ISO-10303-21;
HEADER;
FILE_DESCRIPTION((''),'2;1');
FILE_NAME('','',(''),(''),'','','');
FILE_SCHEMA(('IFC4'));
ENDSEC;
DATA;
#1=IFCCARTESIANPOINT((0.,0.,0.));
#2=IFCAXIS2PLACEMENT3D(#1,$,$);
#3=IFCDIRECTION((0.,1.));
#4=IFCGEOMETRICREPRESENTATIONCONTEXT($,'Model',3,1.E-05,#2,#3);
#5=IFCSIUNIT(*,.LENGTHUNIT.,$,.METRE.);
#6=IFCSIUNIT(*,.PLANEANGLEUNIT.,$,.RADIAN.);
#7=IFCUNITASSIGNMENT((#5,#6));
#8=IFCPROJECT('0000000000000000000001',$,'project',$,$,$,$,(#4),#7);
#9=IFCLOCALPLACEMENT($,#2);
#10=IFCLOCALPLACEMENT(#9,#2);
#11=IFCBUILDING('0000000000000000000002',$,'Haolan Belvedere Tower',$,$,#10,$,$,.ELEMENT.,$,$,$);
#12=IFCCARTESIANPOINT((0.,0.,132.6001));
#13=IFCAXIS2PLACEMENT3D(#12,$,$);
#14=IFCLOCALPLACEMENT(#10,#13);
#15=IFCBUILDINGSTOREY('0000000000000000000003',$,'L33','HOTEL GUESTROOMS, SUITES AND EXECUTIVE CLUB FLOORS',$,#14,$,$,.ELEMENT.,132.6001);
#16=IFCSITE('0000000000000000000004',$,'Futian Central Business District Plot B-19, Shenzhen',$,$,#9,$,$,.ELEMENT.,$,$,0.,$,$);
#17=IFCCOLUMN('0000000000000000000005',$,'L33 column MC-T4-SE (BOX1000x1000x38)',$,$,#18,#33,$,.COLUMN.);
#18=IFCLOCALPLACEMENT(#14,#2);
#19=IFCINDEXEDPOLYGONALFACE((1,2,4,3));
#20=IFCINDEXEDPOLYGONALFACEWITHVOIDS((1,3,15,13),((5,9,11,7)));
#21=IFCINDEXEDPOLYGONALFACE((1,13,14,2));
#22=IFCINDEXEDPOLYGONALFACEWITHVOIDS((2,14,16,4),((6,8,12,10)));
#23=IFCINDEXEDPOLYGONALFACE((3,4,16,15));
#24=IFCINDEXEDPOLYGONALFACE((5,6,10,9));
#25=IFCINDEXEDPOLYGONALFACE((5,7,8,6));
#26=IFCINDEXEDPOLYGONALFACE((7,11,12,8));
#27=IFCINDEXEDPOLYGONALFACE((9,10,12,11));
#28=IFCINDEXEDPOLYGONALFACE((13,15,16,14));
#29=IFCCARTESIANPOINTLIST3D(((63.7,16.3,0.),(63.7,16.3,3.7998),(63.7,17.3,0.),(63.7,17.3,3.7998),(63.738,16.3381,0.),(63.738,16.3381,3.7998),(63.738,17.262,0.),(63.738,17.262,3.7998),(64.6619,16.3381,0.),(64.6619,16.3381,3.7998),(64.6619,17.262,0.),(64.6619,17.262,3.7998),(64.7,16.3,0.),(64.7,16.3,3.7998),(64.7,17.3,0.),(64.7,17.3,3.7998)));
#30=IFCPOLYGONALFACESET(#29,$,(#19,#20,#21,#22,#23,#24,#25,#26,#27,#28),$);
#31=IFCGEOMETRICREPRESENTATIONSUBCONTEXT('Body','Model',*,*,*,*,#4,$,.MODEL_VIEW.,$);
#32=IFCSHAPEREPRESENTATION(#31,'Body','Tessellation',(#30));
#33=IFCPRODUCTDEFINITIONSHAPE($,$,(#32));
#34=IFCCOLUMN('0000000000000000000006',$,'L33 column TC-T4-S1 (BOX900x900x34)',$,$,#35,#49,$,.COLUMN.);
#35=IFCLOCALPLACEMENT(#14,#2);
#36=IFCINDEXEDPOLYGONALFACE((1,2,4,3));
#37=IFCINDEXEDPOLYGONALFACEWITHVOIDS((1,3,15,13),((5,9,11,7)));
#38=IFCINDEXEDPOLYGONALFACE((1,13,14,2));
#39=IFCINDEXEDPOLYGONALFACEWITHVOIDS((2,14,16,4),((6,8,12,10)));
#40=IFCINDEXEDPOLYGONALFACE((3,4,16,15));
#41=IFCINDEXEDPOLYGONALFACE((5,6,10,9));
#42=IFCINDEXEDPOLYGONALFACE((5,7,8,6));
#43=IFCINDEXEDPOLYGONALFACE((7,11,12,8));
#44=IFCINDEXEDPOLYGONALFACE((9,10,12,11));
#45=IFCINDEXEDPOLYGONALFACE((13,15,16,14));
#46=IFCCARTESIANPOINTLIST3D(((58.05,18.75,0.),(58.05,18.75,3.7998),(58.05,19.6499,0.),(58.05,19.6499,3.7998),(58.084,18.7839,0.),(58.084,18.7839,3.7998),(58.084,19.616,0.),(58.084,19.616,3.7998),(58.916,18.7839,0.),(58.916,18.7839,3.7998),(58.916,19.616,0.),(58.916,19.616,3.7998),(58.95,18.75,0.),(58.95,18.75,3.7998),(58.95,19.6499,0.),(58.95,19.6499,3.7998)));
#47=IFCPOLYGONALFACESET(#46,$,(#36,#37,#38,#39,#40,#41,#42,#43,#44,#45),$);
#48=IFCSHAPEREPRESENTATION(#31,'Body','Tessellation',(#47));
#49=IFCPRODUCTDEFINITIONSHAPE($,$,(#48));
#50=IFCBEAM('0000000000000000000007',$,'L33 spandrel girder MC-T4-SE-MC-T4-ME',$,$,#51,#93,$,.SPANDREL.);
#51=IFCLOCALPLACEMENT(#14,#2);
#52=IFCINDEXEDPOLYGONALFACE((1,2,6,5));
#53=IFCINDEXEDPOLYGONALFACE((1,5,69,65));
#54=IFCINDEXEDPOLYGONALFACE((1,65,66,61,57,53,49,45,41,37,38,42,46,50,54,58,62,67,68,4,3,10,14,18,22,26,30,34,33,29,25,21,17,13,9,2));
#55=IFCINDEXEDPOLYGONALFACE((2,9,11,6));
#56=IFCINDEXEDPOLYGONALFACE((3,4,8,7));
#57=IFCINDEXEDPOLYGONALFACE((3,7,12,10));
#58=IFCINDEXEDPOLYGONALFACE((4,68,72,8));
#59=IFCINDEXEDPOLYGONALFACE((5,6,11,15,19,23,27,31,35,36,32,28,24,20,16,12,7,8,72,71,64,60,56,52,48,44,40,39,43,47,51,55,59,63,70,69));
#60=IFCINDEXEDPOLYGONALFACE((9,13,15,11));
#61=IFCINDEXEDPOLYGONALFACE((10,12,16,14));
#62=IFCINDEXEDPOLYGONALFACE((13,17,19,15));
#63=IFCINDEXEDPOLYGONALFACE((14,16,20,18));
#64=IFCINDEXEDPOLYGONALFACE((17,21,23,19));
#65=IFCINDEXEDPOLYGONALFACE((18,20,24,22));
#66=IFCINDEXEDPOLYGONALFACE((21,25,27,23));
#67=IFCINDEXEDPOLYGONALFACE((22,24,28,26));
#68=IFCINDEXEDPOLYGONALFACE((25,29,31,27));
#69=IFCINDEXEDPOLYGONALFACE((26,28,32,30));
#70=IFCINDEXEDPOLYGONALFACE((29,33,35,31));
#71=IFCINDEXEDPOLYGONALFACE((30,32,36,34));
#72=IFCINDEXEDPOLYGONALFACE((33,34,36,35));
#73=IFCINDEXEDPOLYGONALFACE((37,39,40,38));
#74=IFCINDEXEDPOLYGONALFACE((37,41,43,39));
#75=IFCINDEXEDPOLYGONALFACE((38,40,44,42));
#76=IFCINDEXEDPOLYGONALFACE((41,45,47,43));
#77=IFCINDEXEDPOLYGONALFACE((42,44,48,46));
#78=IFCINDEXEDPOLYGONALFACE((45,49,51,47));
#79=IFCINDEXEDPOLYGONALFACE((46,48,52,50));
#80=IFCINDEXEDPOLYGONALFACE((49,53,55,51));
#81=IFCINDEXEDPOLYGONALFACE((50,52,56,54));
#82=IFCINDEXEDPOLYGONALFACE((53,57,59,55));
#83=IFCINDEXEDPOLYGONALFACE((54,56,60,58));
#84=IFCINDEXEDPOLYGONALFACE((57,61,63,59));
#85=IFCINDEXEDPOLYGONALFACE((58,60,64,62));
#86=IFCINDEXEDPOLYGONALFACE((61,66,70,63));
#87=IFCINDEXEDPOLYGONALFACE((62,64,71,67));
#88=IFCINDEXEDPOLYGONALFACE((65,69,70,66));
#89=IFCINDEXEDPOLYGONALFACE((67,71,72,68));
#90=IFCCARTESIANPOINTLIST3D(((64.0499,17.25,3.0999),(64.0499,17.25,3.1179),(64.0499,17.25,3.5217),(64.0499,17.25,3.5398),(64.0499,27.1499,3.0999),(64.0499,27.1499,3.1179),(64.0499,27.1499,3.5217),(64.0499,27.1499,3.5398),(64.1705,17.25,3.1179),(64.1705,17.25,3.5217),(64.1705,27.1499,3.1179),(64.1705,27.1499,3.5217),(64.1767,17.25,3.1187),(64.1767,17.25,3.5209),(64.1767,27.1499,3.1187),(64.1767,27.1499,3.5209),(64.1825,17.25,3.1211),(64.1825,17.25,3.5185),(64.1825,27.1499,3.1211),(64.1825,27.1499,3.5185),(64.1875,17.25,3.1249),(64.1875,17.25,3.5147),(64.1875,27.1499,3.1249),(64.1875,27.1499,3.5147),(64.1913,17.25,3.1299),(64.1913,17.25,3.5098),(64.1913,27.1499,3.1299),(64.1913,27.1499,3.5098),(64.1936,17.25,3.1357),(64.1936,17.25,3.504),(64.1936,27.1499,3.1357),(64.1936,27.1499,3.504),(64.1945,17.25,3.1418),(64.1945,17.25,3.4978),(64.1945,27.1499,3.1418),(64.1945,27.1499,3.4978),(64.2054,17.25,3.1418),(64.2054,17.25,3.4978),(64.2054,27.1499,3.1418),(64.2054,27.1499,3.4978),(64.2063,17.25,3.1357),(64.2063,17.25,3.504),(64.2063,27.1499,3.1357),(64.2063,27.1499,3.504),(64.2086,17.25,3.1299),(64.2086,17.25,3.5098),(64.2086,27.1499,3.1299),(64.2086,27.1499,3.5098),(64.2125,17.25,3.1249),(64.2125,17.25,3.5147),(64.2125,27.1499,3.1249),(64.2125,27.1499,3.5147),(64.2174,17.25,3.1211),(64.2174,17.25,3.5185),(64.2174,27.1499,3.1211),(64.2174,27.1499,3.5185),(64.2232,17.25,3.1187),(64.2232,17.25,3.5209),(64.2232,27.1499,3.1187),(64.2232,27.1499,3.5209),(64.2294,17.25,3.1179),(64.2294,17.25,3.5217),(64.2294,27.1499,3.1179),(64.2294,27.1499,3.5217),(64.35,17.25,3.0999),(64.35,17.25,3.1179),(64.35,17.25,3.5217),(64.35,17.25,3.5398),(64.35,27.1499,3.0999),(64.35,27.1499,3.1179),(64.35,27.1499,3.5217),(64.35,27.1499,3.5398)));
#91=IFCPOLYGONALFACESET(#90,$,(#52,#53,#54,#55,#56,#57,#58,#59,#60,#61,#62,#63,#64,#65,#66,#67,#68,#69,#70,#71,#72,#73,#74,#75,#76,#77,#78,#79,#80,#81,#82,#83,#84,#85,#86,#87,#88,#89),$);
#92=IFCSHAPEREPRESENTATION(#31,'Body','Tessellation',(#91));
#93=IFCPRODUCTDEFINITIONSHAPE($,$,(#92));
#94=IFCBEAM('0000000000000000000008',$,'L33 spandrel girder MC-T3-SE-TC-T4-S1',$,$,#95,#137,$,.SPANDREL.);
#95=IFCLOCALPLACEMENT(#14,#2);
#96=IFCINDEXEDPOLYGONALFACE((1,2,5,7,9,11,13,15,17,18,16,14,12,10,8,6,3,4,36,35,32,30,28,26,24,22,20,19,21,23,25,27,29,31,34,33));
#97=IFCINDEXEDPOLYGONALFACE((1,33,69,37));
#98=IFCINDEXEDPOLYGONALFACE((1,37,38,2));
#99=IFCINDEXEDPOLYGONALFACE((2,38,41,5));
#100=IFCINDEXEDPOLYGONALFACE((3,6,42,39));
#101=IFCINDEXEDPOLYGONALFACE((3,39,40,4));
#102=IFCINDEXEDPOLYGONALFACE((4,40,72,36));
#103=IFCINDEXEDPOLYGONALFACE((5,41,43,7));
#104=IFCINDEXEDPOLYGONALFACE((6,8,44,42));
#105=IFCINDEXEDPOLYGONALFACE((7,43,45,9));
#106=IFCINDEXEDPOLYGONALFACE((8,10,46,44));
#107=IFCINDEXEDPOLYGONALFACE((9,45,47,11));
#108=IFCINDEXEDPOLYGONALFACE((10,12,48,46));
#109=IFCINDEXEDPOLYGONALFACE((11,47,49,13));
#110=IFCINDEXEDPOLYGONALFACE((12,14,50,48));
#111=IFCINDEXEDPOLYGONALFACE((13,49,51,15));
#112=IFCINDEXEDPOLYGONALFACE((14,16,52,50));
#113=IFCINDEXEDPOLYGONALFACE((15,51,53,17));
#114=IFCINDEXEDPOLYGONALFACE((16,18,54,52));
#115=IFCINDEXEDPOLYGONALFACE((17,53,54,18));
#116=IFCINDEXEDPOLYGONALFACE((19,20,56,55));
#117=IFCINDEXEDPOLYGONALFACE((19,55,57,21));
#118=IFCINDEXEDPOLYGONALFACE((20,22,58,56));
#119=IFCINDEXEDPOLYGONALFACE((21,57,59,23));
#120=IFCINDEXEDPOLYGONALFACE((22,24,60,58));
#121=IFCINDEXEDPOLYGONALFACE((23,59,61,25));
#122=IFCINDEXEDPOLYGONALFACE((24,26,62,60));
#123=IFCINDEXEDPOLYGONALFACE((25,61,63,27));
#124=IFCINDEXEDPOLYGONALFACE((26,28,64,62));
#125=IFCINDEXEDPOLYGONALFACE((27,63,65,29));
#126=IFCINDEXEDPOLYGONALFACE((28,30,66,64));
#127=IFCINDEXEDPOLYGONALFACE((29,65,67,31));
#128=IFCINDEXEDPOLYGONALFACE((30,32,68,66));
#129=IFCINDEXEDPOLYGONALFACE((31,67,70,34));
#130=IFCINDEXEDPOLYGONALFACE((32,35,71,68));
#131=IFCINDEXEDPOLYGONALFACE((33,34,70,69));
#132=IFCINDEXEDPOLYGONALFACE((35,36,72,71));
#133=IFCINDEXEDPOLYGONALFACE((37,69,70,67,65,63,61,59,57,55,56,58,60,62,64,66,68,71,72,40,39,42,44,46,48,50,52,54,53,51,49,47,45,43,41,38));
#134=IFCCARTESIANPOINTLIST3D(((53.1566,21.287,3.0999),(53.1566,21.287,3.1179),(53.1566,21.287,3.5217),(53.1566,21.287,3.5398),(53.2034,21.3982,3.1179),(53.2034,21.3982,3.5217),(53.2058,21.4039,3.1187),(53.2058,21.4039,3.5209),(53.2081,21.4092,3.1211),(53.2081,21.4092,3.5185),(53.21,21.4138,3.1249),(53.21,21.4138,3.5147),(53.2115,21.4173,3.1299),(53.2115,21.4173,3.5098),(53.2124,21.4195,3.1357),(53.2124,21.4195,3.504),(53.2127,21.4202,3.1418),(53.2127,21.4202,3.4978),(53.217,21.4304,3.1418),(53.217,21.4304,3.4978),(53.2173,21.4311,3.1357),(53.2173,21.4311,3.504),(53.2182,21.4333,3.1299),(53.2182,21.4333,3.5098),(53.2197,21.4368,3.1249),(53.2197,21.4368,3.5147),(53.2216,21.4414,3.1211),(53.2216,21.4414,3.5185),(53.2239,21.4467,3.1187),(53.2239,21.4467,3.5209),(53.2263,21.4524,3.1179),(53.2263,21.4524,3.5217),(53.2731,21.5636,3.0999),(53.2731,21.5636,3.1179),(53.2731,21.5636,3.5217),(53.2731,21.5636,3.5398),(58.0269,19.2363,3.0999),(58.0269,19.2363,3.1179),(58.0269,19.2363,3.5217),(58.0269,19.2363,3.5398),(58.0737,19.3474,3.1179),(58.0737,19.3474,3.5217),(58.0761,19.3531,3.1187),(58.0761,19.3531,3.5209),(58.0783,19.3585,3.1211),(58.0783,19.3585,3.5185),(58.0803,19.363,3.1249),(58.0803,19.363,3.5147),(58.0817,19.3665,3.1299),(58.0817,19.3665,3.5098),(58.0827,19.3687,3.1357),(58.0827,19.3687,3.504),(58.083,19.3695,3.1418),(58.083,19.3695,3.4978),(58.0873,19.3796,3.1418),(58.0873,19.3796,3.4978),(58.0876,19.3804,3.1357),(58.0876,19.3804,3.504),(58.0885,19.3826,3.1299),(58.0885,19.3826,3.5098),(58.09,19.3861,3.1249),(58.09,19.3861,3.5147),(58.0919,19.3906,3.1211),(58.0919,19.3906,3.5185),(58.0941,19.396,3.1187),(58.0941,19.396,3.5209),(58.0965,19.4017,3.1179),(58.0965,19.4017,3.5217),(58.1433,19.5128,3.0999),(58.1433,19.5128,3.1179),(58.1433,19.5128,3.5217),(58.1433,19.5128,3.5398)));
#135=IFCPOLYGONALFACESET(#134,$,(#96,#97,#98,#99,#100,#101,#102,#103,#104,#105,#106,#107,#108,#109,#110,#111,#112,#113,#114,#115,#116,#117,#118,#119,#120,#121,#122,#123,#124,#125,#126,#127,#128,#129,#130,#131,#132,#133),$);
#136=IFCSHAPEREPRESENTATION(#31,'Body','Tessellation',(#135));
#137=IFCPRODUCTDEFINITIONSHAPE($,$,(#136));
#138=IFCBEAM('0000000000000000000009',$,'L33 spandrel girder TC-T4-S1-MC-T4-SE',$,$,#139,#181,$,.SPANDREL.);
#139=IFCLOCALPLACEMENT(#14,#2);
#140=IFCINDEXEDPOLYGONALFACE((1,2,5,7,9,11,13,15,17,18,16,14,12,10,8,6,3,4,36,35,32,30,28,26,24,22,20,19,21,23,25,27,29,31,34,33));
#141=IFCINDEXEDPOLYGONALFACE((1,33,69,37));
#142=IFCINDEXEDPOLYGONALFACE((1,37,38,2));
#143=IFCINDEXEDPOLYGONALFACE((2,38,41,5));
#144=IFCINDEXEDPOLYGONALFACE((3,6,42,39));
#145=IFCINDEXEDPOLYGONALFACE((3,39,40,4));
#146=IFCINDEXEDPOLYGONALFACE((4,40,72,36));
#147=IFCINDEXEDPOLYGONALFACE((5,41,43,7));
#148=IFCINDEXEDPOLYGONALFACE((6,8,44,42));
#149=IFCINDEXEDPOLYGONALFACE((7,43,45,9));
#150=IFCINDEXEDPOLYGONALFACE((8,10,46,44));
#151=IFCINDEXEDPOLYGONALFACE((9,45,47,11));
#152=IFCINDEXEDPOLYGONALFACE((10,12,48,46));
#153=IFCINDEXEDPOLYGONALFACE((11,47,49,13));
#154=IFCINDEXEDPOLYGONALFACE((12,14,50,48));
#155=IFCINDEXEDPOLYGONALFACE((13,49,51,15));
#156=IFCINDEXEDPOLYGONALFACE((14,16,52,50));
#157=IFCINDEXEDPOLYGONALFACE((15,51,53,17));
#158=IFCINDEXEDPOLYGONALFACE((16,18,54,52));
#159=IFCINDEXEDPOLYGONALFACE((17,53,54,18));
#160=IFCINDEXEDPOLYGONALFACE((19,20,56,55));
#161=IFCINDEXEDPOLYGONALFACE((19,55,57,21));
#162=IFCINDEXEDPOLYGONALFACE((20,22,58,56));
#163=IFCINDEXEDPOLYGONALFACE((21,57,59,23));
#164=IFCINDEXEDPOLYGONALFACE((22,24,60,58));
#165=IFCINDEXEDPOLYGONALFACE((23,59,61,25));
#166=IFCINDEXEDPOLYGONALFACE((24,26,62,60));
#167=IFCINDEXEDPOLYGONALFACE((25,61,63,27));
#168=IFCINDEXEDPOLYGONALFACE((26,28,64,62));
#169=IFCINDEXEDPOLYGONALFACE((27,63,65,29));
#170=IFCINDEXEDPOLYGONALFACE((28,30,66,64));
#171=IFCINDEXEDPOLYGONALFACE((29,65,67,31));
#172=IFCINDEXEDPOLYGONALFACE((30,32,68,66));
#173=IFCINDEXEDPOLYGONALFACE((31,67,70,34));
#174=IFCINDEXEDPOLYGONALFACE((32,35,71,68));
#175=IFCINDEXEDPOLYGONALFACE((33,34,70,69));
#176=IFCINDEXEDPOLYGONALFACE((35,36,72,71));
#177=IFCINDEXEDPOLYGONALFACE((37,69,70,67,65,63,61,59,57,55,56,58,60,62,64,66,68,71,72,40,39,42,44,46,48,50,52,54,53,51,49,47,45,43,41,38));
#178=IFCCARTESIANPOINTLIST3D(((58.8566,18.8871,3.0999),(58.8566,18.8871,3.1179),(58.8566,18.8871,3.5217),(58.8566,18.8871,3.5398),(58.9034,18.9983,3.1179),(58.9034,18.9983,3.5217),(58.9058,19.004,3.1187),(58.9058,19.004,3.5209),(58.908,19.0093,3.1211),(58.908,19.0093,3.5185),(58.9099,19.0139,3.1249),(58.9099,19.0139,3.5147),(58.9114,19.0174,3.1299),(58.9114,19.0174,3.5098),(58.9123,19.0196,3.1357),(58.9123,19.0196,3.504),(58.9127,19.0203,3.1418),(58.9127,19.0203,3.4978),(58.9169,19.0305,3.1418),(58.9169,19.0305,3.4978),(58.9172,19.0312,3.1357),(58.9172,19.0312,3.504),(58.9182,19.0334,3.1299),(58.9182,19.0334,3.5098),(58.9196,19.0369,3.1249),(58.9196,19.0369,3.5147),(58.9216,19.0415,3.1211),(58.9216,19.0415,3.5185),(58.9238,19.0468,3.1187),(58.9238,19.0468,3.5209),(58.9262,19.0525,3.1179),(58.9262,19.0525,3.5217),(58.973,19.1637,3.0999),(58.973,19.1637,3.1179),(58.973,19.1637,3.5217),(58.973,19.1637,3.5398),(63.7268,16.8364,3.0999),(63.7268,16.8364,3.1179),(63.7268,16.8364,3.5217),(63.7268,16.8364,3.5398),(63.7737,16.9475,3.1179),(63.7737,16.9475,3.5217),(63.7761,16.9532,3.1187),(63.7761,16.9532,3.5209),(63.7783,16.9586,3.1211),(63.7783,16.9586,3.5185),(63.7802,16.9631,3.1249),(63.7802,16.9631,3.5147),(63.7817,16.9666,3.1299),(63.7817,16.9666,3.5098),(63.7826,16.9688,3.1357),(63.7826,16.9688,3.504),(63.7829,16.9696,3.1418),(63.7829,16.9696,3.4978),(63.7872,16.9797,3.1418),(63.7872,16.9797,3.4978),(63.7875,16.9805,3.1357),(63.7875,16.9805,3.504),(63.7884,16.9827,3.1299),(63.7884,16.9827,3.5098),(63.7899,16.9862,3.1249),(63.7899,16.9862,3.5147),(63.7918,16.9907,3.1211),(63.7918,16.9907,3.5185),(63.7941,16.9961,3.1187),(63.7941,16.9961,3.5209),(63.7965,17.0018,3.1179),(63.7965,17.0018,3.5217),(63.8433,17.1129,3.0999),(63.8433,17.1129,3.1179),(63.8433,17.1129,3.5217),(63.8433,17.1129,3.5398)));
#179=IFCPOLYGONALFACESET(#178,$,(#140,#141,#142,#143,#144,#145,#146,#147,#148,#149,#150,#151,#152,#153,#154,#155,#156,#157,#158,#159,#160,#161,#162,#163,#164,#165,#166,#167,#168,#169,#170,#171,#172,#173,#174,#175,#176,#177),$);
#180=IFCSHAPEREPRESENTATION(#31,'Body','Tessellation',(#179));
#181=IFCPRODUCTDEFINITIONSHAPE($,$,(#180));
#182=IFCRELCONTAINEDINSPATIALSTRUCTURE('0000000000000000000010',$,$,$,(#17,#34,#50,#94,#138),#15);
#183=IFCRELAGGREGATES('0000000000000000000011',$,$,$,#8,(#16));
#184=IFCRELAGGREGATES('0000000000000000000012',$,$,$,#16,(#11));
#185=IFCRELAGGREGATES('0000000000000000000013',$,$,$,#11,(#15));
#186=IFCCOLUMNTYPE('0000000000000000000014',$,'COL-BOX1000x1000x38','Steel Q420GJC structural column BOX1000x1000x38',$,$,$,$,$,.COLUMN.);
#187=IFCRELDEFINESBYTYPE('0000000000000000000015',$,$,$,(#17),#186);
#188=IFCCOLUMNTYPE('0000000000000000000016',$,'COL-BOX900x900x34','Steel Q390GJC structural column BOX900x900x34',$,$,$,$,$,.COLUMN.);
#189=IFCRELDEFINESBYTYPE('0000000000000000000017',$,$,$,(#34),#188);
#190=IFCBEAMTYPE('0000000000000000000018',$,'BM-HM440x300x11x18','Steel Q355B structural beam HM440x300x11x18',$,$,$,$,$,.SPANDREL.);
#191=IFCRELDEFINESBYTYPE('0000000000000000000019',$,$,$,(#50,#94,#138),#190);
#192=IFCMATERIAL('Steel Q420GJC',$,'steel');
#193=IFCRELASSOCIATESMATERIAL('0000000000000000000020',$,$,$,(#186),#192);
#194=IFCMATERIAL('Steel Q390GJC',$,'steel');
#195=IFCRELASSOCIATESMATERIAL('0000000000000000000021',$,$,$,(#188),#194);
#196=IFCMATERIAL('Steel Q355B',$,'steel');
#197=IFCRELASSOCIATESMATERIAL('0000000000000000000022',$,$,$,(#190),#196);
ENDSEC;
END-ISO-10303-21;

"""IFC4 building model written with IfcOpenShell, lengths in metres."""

from ifc_helpers import new_model, si_unit, direction, frame, origin, origin_2d, place, context, subcontext, project, spatial, hollow_rectangle, i_section, extrude, material, material_profile, profile_set, type_object, element, save


model = new_model("IFC4")

# Units and contexts
model_context = context("Model", 3, precision=1e-05, world=origin(), true_north=direction((0.0, 1.0)))
body_context = subcontext(model_context, "Body", "Model", "MODEL_VIEW")
ifc_project = project(units=[si_unit("LENGTHUNIT", "METRE"), si_unit("PLANEANGLEUNIT", "RADIAN")], contexts=[model_context])

# Site, building, storey
site_placement = place(None, origin())
site = spatial("IfcSite", under=ifc_project, at=site_placement, Name="Futian Central Business District Plot B-19, Shenzhen", CompositionType="ELEMENT", RefElevation=0.0)
building_placement = place(site_placement, origin())
building = spatial("IfcBuilding", under=site, at=building_placement, Name="Haolan Belvedere Tower", CompositionType="ELEMENT")
storey_placement = place(building_placement, frame((0.0, 0.0, 132.6001)))
storey = spatial("IfcBuildingStorey", under=building, at=storey_placement, Name="L33", Description="HOTEL GUESTROOMS, SUITES AND EXECUTIVE CLUB FLOORS", CompositionType="ELEMENT", Elevation=132.6001)

# Columns
ifc_material_1 = material(Name="Steel Q420GJC", Category="steel")
ifc_material_profile_1 = material_profile(ifc_material_1, hollow_rectangle(XDim=1.0, YDim=1.0, WallThickness=0.0381, at=origin_2d()), Name="Steel Q420GJC")
ifc_profile_set_1 = profile_set([ifc_material_profile_1], Name="Steel Q420GJC")
column_type_1 = type_object("IfcColumnType", Name="COL-BOX1000x1000x38", Description="Steel Q420GJC structural column BOX1000x1000x38", PredefinedType="COLUMN", material=ifc_profile_set_1)
column_1_placement = place(storey_placement, frame((64.2, 16.8, 0.0), z_axis=(0.0, 0.0, 1.0), x_axis=(1.0, 0.0, 0.0)))
element("IfcColumn", 1, at=column_1_placement, inside=storey, type_object=column_type_1, Name="L33 column MC-T4-SE (BOX1000x1000x38)", PredefinedType="COLUMN", context=body_context, shape_type="SweptSolid", body=[
    extrude(hollow_rectangle(XDim=1.0, YDim=1.0, WallThickness=0.0381, at=origin_2d()), origin(), (0.0, 0.0, 1.0), 3.7998),
])
ifc_material_2 = material(Name="Steel Q390GJC", Category="steel")
ifc_material_profile_2 = material_profile(ifc_material_2, hollow_rectangle(XDim=0.8999, YDim=0.8999, WallThickness=0.0339, at=origin_2d()), Name="Steel Q390GJC")
ifc_profile_set_2 = profile_set([ifc_material_profile_2], Name="Steel Q390GJC")
column_type_2 = type_object("IfcColumnType", Name="COL-BOX900x900x34", Description="Steel Q390GJC structural column BOX900x900x34", PredefinedType="COLUMN", material=ifc_profile_set_2)
column_2_placement = place(storey_placement, frame((58.5, 19.2, 0.0), z_axis=(0.0, 0.0, 1.0), x_axis=(1.0, 0.0, 0.0)))
element("IfcColumn", 2, at=column_2_placement, inside=storey, type_object=column_type_2, Name="L33 column TC-T4-S1 (BOX900x900x34)", PredefinedType="COLUMN", context=body_context, shape_type="SweptSolid", body=[
    extrude(hollow_rectangle(XDim=0.8999, YDim=0.8999, WallThickness=0.0339, at=origin_2d()), origin(), (0.0, 0.0, 1.0), 3.7998),
])

# Beams
ifc_material_3 = material(Name="Steel Q355B", Category="steel")
ifc_material_profile_3 = material_profile(ifc_material_3, i_section(OverallWidth=0.3, OverallDepth=0.4399, WebThickness=0.011, FlangeThickness=0.0181, FilletRadius=0.0239, at=origin_2d()), Name="Steel Q355B")
ifc_profile_set_3 = profile_set([ifc_material_profile_3], Name="Steel Q355B")
beam_type_1 = type_object("IfcBeamType", Name="BM-HM440x300x11x18", Description="Steel Q355B structural beam HM440x300x11x18", PredefinedType="SPANDREL", material=ifc_profile_set_3)
beam_1_placement = place(storey_placement, frame((64.2, 17.25, 3.3198), z_axis=(0.0, 1.0, 0.0), x_axis=(-1.0, 0.0, 0.0)))
element("IfcBeam", 3, at=beam_1_placement, inside=storey, type_object=beam_type_1, Name="L33 spandrel girder MC-T4-SE-MC-T4-ME", PredefinedType="SPANDREL", context=body_context, shape_type="SweptSolid", body=[
    extrude(i_section(OverallWidth=0.3, OverallDepth=0.4399, WebThickness=0.011, FlangeThickness=0.0181, FilletRadius=0.0239, at=origin_2d()), origin(), (0.0, 0.0, 1.0), 9.8999),
])
for number, where, z_axis, x_axis, name in (
    (4, (53.2148, 21.4253, 3.3198), (0.921628, -0.388074, 0.0), (0.388074, 0.921628, 0.0), "L33 spandrel girder MC-T3-SE-TC-T4-S1"),
    (5, (58.9148, 19.0254, 3.3198), (0.921628, -0.388074, 0.0), (0.388074, 0.921628, 0.0), "L33 spandrel girder TC-T4-S1-MC-T4-SE"),
):
    element("IfcBeam", number, at=place(storey_placement, frame(where, z_axis=z_axis, x_axis=x_axis)), inside=storey, type_object=beam_type_1, Name=name, PredefinedType="SPANDREL", context=body_context, shape_type="SweptSolid", body=[
        extrude(i_section(OverallWidth=0.3, OverallDepth=0.4399, WebThickness=0.011, FlangeThickness=0.0181, FilletRadius=0.0239, at=origin_2d()), origin(), (0.0, 0.0, 1.0), 5.2844),
    ])

save(model, "model.ifc")
